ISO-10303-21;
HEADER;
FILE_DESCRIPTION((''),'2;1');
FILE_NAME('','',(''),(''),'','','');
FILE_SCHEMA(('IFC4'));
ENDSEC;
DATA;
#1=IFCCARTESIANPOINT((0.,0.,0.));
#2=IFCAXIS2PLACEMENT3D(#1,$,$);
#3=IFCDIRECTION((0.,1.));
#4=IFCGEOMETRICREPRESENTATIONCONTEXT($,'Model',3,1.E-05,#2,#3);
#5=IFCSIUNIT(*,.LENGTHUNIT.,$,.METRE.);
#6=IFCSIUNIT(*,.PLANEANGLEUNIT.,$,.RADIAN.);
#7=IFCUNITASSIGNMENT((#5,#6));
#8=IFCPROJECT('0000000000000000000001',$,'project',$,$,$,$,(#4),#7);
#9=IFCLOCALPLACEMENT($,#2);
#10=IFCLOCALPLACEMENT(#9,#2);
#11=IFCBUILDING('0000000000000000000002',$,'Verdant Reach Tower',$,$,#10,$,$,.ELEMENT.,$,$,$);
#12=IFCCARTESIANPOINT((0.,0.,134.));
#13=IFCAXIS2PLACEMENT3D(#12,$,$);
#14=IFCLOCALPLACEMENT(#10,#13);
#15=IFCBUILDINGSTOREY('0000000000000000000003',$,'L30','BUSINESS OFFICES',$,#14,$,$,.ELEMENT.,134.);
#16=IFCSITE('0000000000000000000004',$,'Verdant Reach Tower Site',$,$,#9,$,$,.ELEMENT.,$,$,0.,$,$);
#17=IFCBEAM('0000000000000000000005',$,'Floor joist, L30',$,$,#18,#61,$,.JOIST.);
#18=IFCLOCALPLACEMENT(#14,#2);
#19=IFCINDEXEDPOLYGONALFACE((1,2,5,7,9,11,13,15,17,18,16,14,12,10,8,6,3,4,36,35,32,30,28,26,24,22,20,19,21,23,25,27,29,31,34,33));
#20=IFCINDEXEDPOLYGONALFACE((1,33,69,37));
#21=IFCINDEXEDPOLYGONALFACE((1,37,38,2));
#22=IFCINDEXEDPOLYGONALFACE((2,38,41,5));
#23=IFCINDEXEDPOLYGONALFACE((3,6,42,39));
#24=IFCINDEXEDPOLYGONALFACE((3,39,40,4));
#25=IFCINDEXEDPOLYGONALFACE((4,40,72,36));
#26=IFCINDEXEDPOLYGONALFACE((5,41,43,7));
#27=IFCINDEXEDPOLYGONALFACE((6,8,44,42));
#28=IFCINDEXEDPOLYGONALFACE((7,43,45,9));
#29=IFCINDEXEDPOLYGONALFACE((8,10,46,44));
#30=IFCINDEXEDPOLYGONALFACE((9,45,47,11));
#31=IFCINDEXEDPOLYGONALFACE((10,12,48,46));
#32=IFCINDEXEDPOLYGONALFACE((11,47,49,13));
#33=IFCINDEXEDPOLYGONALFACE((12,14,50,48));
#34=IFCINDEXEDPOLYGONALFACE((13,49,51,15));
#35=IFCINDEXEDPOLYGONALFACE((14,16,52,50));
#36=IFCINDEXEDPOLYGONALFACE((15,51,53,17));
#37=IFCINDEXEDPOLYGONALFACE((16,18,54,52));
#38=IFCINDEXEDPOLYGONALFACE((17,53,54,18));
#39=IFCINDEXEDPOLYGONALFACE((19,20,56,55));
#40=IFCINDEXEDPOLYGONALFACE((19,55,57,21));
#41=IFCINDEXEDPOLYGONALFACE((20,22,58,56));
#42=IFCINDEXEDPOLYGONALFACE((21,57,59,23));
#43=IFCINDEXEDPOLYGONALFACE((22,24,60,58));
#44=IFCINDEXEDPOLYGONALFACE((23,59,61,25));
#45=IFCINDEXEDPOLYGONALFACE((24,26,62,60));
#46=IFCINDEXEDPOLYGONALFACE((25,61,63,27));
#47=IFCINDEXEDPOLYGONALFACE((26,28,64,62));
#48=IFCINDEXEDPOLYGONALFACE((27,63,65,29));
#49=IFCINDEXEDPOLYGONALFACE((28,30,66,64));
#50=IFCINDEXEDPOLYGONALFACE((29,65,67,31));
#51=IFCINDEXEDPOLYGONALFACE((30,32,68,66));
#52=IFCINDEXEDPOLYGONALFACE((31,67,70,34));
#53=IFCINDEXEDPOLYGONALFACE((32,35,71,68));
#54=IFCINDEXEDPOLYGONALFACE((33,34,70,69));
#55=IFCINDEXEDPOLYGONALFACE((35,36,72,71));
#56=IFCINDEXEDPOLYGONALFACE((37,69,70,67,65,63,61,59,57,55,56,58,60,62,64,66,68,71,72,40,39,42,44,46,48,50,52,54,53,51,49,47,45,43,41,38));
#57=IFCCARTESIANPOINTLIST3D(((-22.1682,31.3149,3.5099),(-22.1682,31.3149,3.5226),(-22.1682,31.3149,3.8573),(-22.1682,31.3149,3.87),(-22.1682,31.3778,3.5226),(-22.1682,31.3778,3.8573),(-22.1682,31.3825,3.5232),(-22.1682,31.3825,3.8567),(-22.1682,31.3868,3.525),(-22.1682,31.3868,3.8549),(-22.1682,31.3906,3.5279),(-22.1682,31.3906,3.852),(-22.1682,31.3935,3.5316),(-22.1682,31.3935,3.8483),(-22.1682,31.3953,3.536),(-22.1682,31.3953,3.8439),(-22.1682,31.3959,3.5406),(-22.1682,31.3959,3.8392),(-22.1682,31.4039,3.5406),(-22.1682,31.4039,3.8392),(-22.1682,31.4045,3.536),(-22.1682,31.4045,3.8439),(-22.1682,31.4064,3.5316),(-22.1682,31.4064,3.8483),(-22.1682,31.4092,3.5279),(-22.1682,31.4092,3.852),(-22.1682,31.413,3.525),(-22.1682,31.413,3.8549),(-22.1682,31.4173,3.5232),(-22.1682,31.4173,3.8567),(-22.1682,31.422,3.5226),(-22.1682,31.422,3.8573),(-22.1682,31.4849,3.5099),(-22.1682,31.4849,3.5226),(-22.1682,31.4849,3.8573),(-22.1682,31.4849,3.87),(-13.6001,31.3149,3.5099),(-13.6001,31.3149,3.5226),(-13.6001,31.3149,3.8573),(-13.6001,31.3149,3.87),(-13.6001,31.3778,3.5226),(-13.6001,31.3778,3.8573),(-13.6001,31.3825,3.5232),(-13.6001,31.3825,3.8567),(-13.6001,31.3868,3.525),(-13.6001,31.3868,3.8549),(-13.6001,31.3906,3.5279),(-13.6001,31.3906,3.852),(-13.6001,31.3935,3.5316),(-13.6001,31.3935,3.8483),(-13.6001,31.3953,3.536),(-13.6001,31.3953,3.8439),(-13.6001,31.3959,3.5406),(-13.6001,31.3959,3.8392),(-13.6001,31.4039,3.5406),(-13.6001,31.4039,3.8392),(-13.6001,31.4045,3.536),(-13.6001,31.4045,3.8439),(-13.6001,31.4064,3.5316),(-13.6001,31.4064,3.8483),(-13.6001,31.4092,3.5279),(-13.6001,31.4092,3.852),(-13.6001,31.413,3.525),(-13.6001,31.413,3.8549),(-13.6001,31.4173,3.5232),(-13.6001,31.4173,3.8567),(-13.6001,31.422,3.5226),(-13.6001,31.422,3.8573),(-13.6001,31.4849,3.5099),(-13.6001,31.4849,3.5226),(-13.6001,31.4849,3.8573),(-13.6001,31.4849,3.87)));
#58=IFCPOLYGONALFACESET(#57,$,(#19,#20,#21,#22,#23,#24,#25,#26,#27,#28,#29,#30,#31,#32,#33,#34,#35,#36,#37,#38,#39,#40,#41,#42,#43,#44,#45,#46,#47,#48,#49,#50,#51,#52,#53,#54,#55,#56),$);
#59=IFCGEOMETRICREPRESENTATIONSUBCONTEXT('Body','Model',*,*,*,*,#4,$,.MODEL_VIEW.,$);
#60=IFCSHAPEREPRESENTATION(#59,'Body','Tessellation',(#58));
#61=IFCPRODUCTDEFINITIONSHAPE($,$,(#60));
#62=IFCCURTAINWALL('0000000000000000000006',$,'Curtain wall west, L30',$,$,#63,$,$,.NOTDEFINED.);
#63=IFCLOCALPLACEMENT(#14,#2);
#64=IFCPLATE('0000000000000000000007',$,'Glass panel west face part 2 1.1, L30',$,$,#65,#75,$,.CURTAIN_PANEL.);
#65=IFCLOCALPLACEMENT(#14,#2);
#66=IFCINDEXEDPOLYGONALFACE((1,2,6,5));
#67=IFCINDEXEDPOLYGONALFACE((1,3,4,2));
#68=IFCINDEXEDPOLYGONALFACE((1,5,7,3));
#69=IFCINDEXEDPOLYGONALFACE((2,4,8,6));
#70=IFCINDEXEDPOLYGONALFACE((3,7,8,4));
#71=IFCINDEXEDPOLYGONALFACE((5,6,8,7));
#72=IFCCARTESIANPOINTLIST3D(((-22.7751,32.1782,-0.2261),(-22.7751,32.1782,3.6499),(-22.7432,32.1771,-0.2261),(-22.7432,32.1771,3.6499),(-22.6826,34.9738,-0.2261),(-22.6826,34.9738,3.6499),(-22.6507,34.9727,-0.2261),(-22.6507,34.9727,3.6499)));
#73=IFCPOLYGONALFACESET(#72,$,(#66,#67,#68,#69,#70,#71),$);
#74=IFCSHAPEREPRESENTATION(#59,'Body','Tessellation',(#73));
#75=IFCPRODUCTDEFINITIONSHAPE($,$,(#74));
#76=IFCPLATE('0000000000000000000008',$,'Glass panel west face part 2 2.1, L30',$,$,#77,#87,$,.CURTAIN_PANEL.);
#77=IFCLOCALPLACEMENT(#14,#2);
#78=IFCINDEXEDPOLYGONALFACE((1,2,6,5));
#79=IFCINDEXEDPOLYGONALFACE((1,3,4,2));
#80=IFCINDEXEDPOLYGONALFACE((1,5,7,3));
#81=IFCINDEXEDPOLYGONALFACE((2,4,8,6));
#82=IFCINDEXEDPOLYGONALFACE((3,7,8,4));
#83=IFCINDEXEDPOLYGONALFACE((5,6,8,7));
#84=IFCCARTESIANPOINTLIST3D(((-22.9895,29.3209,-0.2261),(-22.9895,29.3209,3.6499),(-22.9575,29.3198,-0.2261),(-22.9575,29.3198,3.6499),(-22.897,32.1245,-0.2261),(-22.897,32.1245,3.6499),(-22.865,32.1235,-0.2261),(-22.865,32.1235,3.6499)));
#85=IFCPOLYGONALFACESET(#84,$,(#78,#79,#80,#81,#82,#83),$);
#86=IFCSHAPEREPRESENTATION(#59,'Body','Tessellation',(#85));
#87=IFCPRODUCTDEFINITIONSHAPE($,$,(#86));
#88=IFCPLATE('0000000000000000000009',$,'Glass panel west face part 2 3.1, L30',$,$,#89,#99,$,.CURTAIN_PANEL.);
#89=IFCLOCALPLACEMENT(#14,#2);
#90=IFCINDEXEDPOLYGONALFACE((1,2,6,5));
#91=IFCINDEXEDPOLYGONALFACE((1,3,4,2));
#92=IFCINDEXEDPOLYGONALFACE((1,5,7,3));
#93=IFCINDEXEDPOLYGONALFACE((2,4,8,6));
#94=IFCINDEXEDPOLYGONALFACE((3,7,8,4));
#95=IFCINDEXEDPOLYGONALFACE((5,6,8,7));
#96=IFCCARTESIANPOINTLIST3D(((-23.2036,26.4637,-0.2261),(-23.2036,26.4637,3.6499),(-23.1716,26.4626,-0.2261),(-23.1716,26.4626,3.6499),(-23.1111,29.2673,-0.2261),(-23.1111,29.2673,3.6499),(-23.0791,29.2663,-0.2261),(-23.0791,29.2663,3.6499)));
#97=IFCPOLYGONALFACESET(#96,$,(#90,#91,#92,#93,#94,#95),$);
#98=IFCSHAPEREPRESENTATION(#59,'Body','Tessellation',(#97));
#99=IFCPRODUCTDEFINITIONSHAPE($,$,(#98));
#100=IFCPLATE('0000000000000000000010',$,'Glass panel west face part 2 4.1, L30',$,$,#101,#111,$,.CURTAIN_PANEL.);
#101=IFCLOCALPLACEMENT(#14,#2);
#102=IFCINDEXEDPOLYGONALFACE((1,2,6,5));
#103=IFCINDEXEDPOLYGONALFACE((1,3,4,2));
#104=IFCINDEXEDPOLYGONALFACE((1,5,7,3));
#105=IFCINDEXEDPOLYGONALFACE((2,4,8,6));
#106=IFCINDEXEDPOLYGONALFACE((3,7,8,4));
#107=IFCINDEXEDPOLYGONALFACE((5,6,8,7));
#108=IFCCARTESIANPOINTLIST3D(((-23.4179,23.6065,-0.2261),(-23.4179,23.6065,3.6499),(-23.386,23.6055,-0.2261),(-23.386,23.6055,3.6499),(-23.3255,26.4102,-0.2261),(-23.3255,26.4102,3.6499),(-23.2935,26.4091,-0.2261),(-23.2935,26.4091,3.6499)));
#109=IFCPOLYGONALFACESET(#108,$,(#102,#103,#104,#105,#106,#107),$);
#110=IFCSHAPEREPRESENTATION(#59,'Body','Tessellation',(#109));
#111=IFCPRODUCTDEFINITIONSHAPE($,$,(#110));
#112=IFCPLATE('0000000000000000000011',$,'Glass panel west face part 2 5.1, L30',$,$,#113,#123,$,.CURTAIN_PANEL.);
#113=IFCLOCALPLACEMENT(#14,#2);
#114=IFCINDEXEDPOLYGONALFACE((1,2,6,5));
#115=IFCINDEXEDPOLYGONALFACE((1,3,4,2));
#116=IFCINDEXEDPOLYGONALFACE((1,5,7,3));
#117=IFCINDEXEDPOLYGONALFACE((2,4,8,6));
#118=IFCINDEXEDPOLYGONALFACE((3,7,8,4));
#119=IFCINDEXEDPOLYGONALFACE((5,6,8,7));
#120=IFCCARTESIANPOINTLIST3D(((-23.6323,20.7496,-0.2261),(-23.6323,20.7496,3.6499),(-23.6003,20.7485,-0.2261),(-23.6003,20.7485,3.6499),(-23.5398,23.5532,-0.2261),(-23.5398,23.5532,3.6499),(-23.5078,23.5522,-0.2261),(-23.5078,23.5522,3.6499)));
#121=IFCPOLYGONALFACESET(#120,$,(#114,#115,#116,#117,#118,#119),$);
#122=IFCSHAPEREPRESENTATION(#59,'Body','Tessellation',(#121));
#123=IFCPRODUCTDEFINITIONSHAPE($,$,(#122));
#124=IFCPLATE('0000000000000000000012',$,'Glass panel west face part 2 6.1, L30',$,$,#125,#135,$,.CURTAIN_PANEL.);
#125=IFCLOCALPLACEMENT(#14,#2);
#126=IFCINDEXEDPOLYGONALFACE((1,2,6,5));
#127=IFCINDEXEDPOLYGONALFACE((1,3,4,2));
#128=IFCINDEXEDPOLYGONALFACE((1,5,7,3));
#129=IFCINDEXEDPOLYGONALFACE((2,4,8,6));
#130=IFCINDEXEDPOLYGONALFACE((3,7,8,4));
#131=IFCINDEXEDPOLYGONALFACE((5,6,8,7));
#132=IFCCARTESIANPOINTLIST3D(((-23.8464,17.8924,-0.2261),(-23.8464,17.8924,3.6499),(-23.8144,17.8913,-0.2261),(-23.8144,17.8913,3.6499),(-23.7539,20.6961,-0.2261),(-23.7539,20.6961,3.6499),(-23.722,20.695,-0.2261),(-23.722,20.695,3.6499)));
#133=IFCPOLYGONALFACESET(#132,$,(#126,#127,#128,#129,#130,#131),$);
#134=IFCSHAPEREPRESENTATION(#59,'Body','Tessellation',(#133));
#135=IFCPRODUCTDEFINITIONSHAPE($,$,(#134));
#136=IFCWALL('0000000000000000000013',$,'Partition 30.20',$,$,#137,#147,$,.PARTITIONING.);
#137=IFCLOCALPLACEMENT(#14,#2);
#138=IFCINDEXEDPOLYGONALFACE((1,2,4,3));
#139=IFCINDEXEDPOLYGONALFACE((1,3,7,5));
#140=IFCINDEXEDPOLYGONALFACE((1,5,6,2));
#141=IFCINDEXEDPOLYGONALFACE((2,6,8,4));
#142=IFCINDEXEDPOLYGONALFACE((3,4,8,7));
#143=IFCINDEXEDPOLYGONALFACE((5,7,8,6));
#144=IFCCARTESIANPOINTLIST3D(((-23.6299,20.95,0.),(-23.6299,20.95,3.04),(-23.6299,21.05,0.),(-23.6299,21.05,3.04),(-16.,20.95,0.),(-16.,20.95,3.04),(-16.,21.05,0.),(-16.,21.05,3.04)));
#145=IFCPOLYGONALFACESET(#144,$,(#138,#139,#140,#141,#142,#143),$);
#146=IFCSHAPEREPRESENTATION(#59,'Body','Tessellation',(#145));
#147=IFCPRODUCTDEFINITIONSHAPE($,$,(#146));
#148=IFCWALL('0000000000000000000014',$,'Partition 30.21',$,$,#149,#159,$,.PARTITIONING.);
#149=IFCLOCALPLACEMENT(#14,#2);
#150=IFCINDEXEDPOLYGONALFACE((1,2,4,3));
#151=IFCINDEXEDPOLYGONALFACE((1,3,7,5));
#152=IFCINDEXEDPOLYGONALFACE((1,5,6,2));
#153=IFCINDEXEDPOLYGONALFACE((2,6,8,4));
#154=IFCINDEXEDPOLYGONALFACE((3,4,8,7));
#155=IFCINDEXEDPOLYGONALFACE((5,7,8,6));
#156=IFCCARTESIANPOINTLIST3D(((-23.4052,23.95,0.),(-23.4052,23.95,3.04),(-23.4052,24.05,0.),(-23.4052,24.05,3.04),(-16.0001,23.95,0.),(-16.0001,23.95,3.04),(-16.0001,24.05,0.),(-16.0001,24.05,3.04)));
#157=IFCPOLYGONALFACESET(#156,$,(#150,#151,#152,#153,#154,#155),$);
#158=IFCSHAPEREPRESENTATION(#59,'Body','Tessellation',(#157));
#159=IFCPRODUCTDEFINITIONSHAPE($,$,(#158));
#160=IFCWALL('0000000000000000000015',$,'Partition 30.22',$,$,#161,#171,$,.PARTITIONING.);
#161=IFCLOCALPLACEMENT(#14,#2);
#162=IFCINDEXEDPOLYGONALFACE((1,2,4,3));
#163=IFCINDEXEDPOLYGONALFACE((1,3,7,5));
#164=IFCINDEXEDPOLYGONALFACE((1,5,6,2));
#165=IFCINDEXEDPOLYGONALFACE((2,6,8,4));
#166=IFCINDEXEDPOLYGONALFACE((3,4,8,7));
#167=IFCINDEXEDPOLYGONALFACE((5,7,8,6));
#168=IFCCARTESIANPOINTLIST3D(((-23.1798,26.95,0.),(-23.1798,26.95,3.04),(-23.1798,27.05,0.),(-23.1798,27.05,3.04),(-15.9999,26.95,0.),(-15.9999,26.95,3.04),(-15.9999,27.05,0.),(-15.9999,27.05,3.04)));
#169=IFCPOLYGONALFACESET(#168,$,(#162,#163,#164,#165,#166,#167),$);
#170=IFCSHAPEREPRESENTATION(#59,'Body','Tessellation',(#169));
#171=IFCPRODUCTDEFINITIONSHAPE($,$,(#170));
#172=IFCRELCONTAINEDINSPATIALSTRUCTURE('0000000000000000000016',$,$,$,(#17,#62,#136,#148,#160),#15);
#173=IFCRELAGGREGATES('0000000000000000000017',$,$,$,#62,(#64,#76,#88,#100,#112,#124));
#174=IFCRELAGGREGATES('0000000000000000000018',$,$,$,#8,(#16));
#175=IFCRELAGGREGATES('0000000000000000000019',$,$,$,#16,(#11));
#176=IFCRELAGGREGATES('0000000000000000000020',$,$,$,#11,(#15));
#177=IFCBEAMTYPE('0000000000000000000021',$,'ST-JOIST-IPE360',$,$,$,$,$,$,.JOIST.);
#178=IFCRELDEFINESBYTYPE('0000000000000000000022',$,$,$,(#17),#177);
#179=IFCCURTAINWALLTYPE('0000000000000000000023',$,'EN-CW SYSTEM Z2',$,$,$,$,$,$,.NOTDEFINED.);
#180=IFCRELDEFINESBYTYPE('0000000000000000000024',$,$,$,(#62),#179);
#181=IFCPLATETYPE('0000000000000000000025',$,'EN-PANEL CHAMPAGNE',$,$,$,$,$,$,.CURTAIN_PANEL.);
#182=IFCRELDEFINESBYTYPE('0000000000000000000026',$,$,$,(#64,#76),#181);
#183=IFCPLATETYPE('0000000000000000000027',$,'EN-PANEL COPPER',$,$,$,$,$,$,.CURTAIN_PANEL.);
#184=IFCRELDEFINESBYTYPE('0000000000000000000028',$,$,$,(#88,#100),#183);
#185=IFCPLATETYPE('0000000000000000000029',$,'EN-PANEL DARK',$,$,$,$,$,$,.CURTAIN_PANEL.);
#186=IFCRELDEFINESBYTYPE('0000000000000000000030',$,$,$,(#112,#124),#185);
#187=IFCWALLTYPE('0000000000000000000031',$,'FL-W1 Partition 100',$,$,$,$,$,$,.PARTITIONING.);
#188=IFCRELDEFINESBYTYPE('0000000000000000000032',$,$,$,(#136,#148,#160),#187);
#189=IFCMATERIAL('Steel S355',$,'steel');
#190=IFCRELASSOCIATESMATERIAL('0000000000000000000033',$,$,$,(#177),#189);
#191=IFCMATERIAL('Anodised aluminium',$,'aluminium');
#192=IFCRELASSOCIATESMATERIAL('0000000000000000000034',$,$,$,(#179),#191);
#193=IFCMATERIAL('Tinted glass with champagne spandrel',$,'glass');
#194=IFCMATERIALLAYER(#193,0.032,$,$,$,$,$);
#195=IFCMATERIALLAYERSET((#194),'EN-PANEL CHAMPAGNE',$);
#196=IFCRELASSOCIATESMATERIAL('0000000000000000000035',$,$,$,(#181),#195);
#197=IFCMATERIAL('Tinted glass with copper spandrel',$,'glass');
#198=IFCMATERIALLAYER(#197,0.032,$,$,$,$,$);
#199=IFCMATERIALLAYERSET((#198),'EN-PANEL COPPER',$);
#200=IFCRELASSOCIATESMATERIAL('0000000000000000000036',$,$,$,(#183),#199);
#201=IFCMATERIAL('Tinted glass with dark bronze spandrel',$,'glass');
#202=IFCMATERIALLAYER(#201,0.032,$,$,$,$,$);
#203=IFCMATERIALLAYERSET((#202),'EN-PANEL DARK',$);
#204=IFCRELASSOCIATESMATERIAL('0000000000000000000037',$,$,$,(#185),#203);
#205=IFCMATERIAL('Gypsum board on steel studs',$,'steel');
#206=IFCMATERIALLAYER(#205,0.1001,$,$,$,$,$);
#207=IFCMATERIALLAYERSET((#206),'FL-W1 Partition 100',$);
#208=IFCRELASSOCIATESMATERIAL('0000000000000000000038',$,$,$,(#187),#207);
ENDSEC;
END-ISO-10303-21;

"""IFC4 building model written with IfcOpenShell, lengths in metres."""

from ifc_helpers import new_model, si_unit, direction, frame, frame_2d, origin, origin_2d, place, context, subcontext, project, spatial, rectangle, i_section, extrude, material, layer, layer_set, material_profile, profile_set, type_object, element, aggregate, save


model = new_model("IFC4")

# Units and contexts
model_context = context("Model", 3, precision=1e-05, world=origin(), true_north=direction((0.0, 1.0)))
body_context = subcontext(model_context, "Body", "Model", "MODEL_VIEW")
ifc_project = project(units=[si_unit("LENGTHUNIT", "METRE"), si_unit("PLANEANGLEUNIT", "RADIAN")], contexts=[model_context])

# Site, building, storey
site_placement = place(None, origin())
site = spatial("IfcSite", under=ifc_project, at=site_placement, Name="Verdant Reach Tower Site", CompositionType="ELEMENT", RefElevation=0.0)
building_placement = place(site_placement, origin())
building = spatial("IfcBuilding", under=site, at=building_placement, Name="Verdant Reach Tower", CompositionType="ELEMENT")
storey_placement = place(building_placement, frame((0.0, 0.0, 134.0)))
storey = spatial("IfcBuildingStorey", under=building, at=storey_placement, Name="L30", Description="BUSINESS OFFICES", CompositionType="ELEMENT", Elevation=134.0)

# Beam
ifc_material_1 = material(Name="Steel S355", Category="steel")
ifc_material_profile_1 = material_profile(ifc_material_1, i_section(OverallWidth=0.1699, OverallDepth=0.3601, WebThickness=0.0081, FlangeThickness=0.0127, FilletRadius=0.0181, at=origin_2d()), Name="IPE 360")
ifc_profile_set_1 = profile_set([ifc_material_profile_1], Name="Steel S355")
beam_type = type_object("IfcBeamType", Name="ST-JOIST-IPE360", PredefinedType="JOIST", material=ifc_profile_set_1)
beam_1_placement = place(storey_placement, frame((-13.6001, 31.3999, 3.6899), z_axis=(-1.0, 0.0, 0.0), x_axis=(0.0, -1.0, 0.0)))
element("IfcBeam", 1, at=beam_1_placement, inside=storey, type_object=beam_type, Name="Floor joist, L30", PredefinedType="JOIST", context=body_context, shape_type="SweptSolid", body=[
    extrude(i_section(OverallWidth=0.1699, OverallDepth=0.3601, WebThickness=0.0081, FlangeThickness=0.0127, FilletRadius=0.0181, at=origin_2d()), origin(), (0.0, 0.0, 1.0), 8.5681),
])

# Curtain wall, plates
ifc_material_2 = material(Name="Anodised aluminium", Category="aluminium")
curtain_wall_type = type_object("IfcCurtainWallType", Name="EN-CW SYSTEM Z2", PredefinedType="NOTDEFINED", material=ifc_material_2)
curtain_wall_placement = place(storey_placement, origin())
curtain_wall = element("IfcCurtainWall", 2, at=curtain_wall_placement, inside=storey, type_object=curtain_wall_type, Name="Curtain wall west, L30", PredefinedType="NOTDEFINED")
ifc_material_3 = material(Name="Tinted glass with champagne spandrel", Category="glass")
ifc_layer_1 = layer(ifc_material_3, 0.032)
ifc_layer_set_1 = layer_set([ifc_layer_1], Name="EN-PANEL CHAMPAGNE")
plate_type_1 = type_object("IfcPlateType", Name="EN-PANEL CHAMPAGNE", PredefinedType="CURTAIN_PANEL", material=ifc_layer_set_1)
plate_1_placement = place(storey_placement, frame((-22.7129, 33.5754, -0.2261), z_axis=(0.0, 0.0, 1.0), x_axis=(-0.03307, -0.999453, 0.0)))
plate_1 = element("IfcPlate", 3, at=plate_1_placement, type_object=plate_type_1, Name="Glass panel west face part 2 1.1, L30", PredefinedType="CURTAIN_PANEL", context=body_context, shape_type="SweptSolid", body=[
    extrude(rectangle(XDim=2.7971, YDim=0.032, at=origin_2d()), origin(), (0.0, 0.0, 1.0), 3.876),
])
plate_2_placement = place(storey_placement, frame((-22.9272, 30.7222, -0.2261), z_axis=(0.0, 0.0, 1.0), x_axis=(-0.032966, -0.999456, 0.0)))
plate_2 = element("IfcPlate", 4, at=plate_2_placement, type_object=plate_type_1, Name="Glass panel west face part 2 2.1, L30", PredefinedType="CURTAIN_PANEL", context=body_context, shape_type="SweptSolid", body=[
    extrude(rectangle(XDim=2.8052, YDim=0.032, at=origin_2d()), origin(), (0.0, 0.0, 1.0), 3.876),
])
ifc_material_4 = material(Name="Tinted glass with copper spandrel", Category="glass")
ifc_layer_2 = layer(ifc_material_4, 0.032)
ifc_layer_set_2 = layer_set([ifc_layer_2], Name="EN-PANEL COPPER")
plate_type_2 = type_object("IfcPlateType", Name="EN-PANEL COPPER", PredefinedType="CURTAIN_PANEL", material=ifc_layer_set_2)
plate_3_placement = place(storey_placement, frame((-23.1414, 27.865, -0.2261), z_axis=(0.0, 0.0, 1.0), x_axis=(-0.032966, -0.999456, 0.0)))
plate_3 = element("IfcPlate", 5, at=plate_3_placement, type_object=plate_type_2, Name="Glass panel west face part 2 3.1, L30", PredefinedType="CURTAIN_PANEL", context=body_context, shape_type="SweptSolid", body=[
    extrude(rectangle(XDim=2.8052, YDim=0.032, at=origin_2d()), origin(), (0.0, 0.0, 1.0), 3.876),
])
plate_4_placement = place(storey_placement, frame((-23.3557, 25.0078, -0.2261), z_axis=(0.0, 0.0, 1.0), x_axis=(-0.032966, -0.999456, 0.0)))
plate_4 = element("IfcPlate", 6, at=plate_4_placement, type_object=plate_type_2, Name="Glass panel west face part 2 4.1, L30", PredefinedType="CURTAIN_PANEL", context=body_context, shape_type="SweptSolid", body=[
    extrude(rectangle(XDim=2.8052, YDim=0.032, at=origin_2d()), origin(), (0.0, 0.0, 1.0), 3.876),
])
ifc_material_5 = material(Name="Tinted glass with dark bronze spandrel", Category="glass")
ifc_layer_3 = layer(ifc_material_5, 0.032)
ifc_layer_set_3 = layer_set([ifc_layer_3], Name="EN-PANEL DARK")
plate_type_3 = type_object("IfcPlateType", Name="EN-PANEL DARK", PredefinedType="CURTAIN_PANEL", material=ifc_layer_set_3)
plate_5_placement = place(storey_placement, frame((-23.5701, 22.1509, -0.2261), z_axis=(0.0, 0.0, 1.0), x_axis=(-0.032966, -0.999456, 0.0)))
plate_5 = element("IfcPlate", 7, at=plate_5_placement, type_object=plate_type_3, Name="Glass panel west face part 2 5.1, L30", PredefinedType="CURTAIN_PANEL", context=body_context, shape_type="SweptSolid", body=[
    extrude(rectangle(XDim=2.8052, YDim=0.032, at=origin_2d()), origin(), (0.0, 0.0, 1.0), 3.876),
])
plate_6_placement = place(storey_placement, frame((-23.7842, 19.2937, -0.2261), z_axis=(0.0, 0.0, 1.0), x_axis=(-0.032966, -0.999456, 0.0)))
plate_6 = element("IfcPlate", 8, at=plate_6_placement, type_object=plate_type_3, Name="Glass panel west face part 2 6.1, L30", PredefinedType="CURTAIN_PANEL", context=body_context, shape_type="SweptSolid", body=[
    extrude(rectangle(XDim=2.8052, YDim=0.032, at=origin_2d()), origin(), (0.0, 0.0, 1.0), 3.876),
])
aggregate(curtain_wall, [plate_1, plate_2, plate_3, plate_4, plate_5, plate_6])

# Walls
ifc_material_6 = material(Name="Gypsum board on steel studs", Category="steel")
ifc_layer_4 = layer(ifc_material_6, 0.1001)
ifc_layer_set_4 = layer_set([ifc_layer_4], Name="FL-W1 Partition 100")
wall_type_1 = type_object("IfcWallType", Name="FL-W1 Partition 100", PredefinedType="PARTITIONING", material=ifc_layer_set_4)
wall_1_placement = place(storey_placement, frame((-16.0, 21.0, 0.0), z_axis=(0.0, 0.0, 1.0), x_axis=(-1.0, 0.0, 0.0)))
element("IfcWall", 9, at=wall_1_placement, inside=storey, type_object=wall_type_1, Name="Partition 30.20", PredefinedType="PARTITIONING", context=body_context, shape_type="SweptSolid", body=[
    extrude(rectangle(XDim=7.6299, YDim=0.1001, at=frame_2d((3.8149, 0.0))), origin(), (0.0, 0.0, 1.0), 3.04),
])
wall_2_placement = place(storey_placement, frame((-16.0, 24.0, 0.0), z_axis=(0.0, 0.0, 1.0), x_axis=(-1.0, 0.0, 0.0)))
element("IfcWall", 10, at=wall_2_placement, inside=storey, type_object=wall_type_1, Name="Partition 30.21", PredefinedType="PARTITIONING", context=body_context, shape_type="SweptSolid", body=[
    extrude(rectangle(XDim=7.405, YDim=0.1001, at=frame_2d((3.7026, 0.0))), origin(), (0.0, 0.0, 1.0), 3.04),
])
wall_3_placement = place(storey_placement, frame((-16.0, 27.0, 0.0), z_axis=(0.0, 0.0, 1.0), x_axis=(-1.0, 0.0, 0.0)))
element("IfcWall", 11, at=wall_3_placement, inside=storey, type_object=wall_type_1, Name="Partition 30.22", PredefinedType="PARTITIONING", context=body_context, shape_type="SweptSolid", body=[
    extrude(rectangle(XDim=7.1799, YDim=0.1001, at=frame_2d((3.5898, 0.0))), origin(), (0.0, 0.0, 1.0), 3.04),
])

save(model, "model.ifc")
